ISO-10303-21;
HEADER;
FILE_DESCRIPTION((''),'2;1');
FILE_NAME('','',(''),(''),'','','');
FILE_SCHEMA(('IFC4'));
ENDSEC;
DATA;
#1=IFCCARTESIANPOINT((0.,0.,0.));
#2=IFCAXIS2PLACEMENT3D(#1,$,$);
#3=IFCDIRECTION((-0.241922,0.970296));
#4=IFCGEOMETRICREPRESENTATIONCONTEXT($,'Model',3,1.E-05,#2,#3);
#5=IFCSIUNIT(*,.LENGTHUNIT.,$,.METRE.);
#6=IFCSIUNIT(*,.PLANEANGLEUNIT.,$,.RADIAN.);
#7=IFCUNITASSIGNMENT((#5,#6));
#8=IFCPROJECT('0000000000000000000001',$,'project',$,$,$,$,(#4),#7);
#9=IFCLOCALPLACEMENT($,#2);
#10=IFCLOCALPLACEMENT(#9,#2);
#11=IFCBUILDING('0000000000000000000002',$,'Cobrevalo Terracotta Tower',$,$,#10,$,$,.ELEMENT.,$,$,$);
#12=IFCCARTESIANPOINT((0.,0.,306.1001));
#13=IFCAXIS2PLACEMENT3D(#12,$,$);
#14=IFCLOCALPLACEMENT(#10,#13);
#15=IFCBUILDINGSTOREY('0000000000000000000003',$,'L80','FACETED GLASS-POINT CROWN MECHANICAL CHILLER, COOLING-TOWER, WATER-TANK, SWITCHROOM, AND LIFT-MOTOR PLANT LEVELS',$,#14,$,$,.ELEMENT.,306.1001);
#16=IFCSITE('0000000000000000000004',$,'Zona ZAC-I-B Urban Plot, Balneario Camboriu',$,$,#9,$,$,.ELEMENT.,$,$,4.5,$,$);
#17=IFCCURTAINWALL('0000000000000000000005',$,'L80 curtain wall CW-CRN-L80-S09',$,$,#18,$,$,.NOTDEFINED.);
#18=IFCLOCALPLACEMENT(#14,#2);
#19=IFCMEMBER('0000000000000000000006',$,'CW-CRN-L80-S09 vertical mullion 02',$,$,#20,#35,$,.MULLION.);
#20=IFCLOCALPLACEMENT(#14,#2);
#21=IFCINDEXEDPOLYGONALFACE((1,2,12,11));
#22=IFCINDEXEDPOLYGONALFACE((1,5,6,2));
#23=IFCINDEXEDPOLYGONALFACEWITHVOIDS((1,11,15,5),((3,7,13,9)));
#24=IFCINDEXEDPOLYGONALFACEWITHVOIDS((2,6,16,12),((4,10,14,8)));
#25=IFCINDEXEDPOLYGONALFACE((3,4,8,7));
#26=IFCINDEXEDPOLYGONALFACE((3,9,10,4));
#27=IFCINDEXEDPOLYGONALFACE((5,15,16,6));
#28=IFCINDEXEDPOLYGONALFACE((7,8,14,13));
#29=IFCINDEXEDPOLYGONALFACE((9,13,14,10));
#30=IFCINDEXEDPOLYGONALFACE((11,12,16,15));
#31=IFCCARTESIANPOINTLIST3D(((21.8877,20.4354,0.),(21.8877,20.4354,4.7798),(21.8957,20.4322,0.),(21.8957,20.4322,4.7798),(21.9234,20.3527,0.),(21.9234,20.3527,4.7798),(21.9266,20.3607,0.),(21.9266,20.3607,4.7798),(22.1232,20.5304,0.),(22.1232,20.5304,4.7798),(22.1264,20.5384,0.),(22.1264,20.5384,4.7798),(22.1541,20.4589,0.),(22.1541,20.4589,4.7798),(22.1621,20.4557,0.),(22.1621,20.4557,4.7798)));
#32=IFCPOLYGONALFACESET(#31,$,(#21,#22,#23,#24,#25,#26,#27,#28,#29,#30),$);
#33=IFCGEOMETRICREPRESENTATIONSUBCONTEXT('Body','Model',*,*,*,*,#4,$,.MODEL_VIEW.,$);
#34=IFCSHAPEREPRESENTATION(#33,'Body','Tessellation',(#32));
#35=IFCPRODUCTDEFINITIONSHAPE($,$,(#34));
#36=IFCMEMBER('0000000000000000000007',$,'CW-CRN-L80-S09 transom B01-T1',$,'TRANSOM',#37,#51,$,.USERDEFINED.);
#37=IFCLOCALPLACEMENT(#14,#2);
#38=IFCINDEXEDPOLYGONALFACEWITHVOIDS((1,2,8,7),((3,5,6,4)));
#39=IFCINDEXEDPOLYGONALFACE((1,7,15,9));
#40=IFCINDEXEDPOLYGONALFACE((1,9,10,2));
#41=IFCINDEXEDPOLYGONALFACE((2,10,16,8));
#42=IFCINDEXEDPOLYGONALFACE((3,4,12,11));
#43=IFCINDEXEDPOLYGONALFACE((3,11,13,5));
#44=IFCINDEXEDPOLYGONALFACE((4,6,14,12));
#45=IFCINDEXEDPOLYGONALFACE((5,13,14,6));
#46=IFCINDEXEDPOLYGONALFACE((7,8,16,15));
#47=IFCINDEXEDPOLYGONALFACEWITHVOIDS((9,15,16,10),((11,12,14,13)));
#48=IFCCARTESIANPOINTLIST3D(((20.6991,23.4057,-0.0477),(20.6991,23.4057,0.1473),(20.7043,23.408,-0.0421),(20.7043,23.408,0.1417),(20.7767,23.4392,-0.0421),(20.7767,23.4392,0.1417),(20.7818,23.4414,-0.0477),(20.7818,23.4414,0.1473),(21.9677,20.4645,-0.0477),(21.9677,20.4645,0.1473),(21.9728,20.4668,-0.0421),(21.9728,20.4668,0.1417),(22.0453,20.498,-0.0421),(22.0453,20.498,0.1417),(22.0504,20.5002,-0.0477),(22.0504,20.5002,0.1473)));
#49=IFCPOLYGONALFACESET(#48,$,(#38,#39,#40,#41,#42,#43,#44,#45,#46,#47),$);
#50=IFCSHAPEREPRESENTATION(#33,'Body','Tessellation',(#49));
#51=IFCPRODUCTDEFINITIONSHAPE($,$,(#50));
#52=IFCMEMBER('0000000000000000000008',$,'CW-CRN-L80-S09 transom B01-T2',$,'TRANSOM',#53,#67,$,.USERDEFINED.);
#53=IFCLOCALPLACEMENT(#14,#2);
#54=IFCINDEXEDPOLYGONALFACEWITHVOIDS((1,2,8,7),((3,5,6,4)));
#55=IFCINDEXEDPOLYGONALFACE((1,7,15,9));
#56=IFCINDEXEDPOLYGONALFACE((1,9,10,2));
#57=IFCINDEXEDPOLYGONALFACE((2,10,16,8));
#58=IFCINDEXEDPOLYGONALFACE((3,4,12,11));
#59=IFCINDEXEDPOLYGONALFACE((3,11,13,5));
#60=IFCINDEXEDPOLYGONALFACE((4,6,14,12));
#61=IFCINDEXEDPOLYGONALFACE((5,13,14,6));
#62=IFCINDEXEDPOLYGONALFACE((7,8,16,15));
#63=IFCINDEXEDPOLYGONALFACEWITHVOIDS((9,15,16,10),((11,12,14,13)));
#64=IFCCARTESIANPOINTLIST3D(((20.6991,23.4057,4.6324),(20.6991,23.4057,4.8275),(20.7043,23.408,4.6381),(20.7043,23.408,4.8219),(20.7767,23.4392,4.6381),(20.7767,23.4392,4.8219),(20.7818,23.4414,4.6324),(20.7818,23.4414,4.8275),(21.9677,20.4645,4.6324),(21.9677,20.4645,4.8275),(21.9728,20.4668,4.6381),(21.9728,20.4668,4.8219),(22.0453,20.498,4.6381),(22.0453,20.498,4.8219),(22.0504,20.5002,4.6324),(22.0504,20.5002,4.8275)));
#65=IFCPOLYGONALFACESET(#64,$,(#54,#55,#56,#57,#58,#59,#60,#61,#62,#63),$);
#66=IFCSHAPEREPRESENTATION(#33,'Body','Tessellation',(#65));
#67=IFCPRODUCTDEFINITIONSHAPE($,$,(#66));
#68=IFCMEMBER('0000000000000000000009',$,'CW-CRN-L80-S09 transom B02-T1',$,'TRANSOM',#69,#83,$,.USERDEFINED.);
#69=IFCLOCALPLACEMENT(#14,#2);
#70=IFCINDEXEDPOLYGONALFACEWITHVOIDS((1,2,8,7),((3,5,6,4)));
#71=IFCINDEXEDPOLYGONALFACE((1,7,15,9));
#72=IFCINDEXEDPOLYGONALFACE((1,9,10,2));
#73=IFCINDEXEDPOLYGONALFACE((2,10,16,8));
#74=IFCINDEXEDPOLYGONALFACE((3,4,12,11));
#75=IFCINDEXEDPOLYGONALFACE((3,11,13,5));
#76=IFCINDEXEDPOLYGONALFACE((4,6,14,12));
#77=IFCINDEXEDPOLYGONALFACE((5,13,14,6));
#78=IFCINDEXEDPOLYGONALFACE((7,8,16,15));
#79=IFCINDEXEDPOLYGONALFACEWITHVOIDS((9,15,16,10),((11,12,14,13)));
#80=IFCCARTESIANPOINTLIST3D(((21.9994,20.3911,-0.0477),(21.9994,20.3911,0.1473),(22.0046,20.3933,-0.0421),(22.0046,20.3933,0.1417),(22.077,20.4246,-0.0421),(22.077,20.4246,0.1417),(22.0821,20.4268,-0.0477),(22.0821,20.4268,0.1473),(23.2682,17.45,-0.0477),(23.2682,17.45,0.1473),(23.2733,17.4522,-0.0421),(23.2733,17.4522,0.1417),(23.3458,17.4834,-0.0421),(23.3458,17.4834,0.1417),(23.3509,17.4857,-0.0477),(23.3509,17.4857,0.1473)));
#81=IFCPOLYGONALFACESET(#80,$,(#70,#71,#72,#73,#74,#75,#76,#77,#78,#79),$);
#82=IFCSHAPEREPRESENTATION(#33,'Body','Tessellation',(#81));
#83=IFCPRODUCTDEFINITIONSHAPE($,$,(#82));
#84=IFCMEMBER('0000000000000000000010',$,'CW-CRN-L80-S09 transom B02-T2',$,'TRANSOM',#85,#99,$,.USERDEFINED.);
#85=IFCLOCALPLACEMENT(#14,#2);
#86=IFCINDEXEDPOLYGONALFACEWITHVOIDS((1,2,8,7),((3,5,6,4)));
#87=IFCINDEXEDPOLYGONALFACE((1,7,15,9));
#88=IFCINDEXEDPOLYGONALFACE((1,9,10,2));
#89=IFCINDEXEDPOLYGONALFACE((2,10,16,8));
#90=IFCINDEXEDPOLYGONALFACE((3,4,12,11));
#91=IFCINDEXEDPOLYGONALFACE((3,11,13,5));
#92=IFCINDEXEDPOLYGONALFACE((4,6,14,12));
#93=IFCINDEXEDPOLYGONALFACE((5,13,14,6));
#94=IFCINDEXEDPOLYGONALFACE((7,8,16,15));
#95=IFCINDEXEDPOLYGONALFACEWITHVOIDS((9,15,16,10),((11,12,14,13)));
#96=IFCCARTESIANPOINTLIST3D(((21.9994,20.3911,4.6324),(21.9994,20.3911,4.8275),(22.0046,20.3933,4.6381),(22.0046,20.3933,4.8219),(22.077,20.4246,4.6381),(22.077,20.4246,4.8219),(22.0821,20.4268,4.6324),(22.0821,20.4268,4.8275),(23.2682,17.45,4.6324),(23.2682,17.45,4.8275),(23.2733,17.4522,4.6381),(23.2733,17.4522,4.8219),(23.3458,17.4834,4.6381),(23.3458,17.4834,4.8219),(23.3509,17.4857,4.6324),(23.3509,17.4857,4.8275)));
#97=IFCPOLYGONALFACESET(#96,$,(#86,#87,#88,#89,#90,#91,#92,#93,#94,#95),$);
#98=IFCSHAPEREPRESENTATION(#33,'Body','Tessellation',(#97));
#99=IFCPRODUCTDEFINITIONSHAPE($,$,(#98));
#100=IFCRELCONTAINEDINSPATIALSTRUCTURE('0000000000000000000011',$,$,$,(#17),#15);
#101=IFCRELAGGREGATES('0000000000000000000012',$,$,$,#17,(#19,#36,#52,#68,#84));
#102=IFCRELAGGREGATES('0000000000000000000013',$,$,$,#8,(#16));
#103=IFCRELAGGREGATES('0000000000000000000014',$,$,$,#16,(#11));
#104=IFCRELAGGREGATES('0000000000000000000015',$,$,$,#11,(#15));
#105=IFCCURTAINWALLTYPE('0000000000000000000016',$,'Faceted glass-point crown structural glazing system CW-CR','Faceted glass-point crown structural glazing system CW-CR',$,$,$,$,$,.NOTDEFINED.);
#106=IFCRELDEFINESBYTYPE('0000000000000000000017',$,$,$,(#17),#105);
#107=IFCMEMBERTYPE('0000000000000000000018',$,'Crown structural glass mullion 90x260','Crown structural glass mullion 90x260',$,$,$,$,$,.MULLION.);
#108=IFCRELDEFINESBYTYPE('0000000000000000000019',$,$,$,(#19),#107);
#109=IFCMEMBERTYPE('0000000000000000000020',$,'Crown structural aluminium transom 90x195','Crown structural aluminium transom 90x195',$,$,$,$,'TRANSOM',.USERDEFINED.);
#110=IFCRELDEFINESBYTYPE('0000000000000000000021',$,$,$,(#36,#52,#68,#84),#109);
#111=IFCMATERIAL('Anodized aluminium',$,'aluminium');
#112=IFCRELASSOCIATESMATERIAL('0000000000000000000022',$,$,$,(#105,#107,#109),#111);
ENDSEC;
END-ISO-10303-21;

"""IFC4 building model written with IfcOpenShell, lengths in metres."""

from ifc_helpers import new_model, si_unit, direction, frame, origin, origin_2d, place, context, subcontext, project, spatial, hollow_rectangle, extrude, source, transform, mapped, material, material_profile, profile_set, type_object, element, aggregate, save


model = new_model("IFC4")

# Units and contexts
model_context = context("Model", 3, precision=1e-05, world=origin(), true_north=direction((-0.241922, 0.970296)))
body_context = subcontext(model_context, "Body", "Model", "MODEL_VIEW")
ifc_project = project(units=[si_unit("LENGTHUNIT", "METRE"), si_unit("PLANEANGLEUNIT", "RADIAN")], contexts=[model_context])

# Site, building, storey
site_placement = place(None, origin())
site = spatial("IfcSite", under=ifc_project, at=site_placement, Name="Zona ZAC-I-B Urban Plot, Balneario Camboriu", CompositionType="ELEMENT", RefElevation=4.5)
building_placement = place(site_placement, origin())
building = spatial("IfcBuilding", under=site, at=building_placement, Name="Cobrevalo Terracotta Tower", CompositionType="ELEMENT")
storey_placement = place(building_placement, frame((0.0, 0.0, 306.1001)))
storey = spatial("IfcBuildingStorey", under=building, at=storey_placement, Name="L80", Description="FACETED GLASS-POINT CROWN MECHANICAL CHILLER, COOLING-TOWER, WATER-TANK, SWITCHROOM, AND LIFT-MOTOR PLANT LEVELS", CompositionType="ELEMENT", Elevation=306.1001)

# Shared definitions
ifc_material_1 = material(Name="Anodized aluminium", Category="aluminium")
curtain_wall_type = type_object("IfcCurtainWallType", Name="Faceted glass-point crown structural glazing system CW-CR", Description="Faceted glass-point crown structural glazing system CW-CR", PredefinedType="NOTDEFINED", material=ifc_material_1)
ifc_material_profile_1 = material_profile(ifc_material_1, hollow_rectangle(XDim=0.0901, YDim=0.26, WallThickness=0.0061, at=origin_2d()), Name="CWM 90x260")
ifc_profile_set_1 = profile_set([ifc_material_profile_1], Name="Anodized aluminium")
member_type_1 = type_object("IfcMemberType", Name="Crown structural glass mullion 90x260", Description="Crown structural glass mullion 90x260", PredefinedType="MULLION", material=ifc_profile_set_1)
shared_shape_1 = source(origin(), body_context, "Body", "SweptSolid", [
    extrude(hollow_rectangle(XDim=0.0901, YDim=0.26, WallThickness=0.0061, at=origin_2d()), origin(), (0.0, 0.0, 1.0), 4.7798),
])

# Curtain wall, members
curtain_wall_1_placement = place(storey_placement, origin())
curtain_wall_1 = element("IfcCurtainWall", 1, at=curtain_wall_1_placement, inside=storey, type_object=curtain_wall_type, Name="L80 curtain wall CW-CRN-L80-S09", PredefinedType="NOTDEFINED")
member_1_placement = place(storey_placement, frame((22.0249, 20.4456, 0.0), z_axis=(0.0, 0.0, 1.0), x_axis=(0.396058, -0.918225, 0.0)))
member_1 = element("IfcMember", 2, at=member_1_placement, type_object=member_type_1, Name="CW-CRN-L80-S09 vertical mullion 02", PredefinedType="MULLION", context=body_context, shape_type="MappedRepresentation", body=[
    mapped(shared_shape_1, transform((0.0, 0.0, 0.0), scale=1.0)),
])
ifc_material_profile_2 = material_profile(ifc_material_1, hollow_rectangle(XDim=0.0901, YDim=0.1951, WallThickness=0.0056, at=origin_2d()), Name="CWT 90x195")
ifc_profile_set_2 = profile_set([ifc_material_profile_2], Name="Anodized aluminium")
member_type_2 = type_object("IfcMemberType", Name="Crown structural aluminium transom 90x195", Description="Crown structural aluminium transom 90x195", ElementType="TRANSOM", PredefinedType="USERDEFINED", material=ifc_profile_set_2)
shared_shape_2 = source(origin(), body_context, "Body", "SweptSolid", [
    extrude(hollow_rectangle(XDim=0.0901, YDim=0.1951, WallThickness=0.0056, at=origin_2d()), origin(), (0.0, 0.0, 1.0), 3.2031),
])
member_2_placement = place(storey_placement, frame((20.7405, 23.4236, 0.0498), z_axis=(0.396043, -0.918232, 0.0), x_axis=(0.918232, 0.396043, 0.0)))
member_2 = element("IfcMember", 3, at=member_2_placement, type_object=member_type_2, Name="CW-CRN-L80-S09 transom B01-T1", ObjectType="TRANSOM", PredefinedType="USERDEFINED", context=body_context, shape_type="MappedRepresentation", body=[
    mapped(shared_shape_2, transform((0.0, 0.0, 0.0), scale=1.0)),
])
member_3_placement = place(storey_placement, frame((20.7405, 23.4236, 4.73), z_axis=(0.396043, -0.918232, 0.0), x_axis=(0.918232, 0.396043, 0.0)))
member_3 = element("IfcMember", 4, at=member_3_placement, type_object=member_type_2, Name="CW-CRN-L80-S09 transom B01-T2", ObjectType="TRANSOM", PredefinedType="USERDEFINED", context=body_context, shape_type="MappedRepresentation", body=[
    mapped(shared_shape_2, transform((0.0, 0.0, 0.0), scale=1.0)),
])
member_4_placement = place(storey_placement, frame((22.0408, 20.4089, 0.0498), z_axis=(0.396107, -0.918204, 0.0), x_axis=(0.918204, 0.396107, 0.0)))
member_4 = element("IfcMember", 5, at=member_4_placement, type_object=member_type_2, Name="CW-CRN-L80-S09 transom B02-T1", ObjectType="TRANSOM", PredefinedType="USERDEFINED", context=body_context, shape_type="MappedRepresentation", body=[
    mapped(shared_shape_2, transform((0.0, 0.0, 0.0), scale=1.0)),
])
member_5_placement = place(storey_placement, frame((22.0408, 20.4089, 4.73), z_axis=(0.396107, -0.918204, 0.0), x_axis=(0.918204, 0.396107, 0.0)))
member_5 = element("IfcMember", 6, at=member_5_placement, type_object=member_type_2, Name="CW-CRN-L80-S09 transom B02-T2", ObjectType="TRANSOM", PredefinedType="USERDEFINED", context=body_context, shape_type="MappedRepresentation", body=[
    mapped(shared_shape_2, transform((0.0, 0.0, 0.0), scale=1.0)),
])

aggregate(curtain_wall_1, [member_1, member_2, member_3, member_4, member_5])

save(model, "model.ifc")
